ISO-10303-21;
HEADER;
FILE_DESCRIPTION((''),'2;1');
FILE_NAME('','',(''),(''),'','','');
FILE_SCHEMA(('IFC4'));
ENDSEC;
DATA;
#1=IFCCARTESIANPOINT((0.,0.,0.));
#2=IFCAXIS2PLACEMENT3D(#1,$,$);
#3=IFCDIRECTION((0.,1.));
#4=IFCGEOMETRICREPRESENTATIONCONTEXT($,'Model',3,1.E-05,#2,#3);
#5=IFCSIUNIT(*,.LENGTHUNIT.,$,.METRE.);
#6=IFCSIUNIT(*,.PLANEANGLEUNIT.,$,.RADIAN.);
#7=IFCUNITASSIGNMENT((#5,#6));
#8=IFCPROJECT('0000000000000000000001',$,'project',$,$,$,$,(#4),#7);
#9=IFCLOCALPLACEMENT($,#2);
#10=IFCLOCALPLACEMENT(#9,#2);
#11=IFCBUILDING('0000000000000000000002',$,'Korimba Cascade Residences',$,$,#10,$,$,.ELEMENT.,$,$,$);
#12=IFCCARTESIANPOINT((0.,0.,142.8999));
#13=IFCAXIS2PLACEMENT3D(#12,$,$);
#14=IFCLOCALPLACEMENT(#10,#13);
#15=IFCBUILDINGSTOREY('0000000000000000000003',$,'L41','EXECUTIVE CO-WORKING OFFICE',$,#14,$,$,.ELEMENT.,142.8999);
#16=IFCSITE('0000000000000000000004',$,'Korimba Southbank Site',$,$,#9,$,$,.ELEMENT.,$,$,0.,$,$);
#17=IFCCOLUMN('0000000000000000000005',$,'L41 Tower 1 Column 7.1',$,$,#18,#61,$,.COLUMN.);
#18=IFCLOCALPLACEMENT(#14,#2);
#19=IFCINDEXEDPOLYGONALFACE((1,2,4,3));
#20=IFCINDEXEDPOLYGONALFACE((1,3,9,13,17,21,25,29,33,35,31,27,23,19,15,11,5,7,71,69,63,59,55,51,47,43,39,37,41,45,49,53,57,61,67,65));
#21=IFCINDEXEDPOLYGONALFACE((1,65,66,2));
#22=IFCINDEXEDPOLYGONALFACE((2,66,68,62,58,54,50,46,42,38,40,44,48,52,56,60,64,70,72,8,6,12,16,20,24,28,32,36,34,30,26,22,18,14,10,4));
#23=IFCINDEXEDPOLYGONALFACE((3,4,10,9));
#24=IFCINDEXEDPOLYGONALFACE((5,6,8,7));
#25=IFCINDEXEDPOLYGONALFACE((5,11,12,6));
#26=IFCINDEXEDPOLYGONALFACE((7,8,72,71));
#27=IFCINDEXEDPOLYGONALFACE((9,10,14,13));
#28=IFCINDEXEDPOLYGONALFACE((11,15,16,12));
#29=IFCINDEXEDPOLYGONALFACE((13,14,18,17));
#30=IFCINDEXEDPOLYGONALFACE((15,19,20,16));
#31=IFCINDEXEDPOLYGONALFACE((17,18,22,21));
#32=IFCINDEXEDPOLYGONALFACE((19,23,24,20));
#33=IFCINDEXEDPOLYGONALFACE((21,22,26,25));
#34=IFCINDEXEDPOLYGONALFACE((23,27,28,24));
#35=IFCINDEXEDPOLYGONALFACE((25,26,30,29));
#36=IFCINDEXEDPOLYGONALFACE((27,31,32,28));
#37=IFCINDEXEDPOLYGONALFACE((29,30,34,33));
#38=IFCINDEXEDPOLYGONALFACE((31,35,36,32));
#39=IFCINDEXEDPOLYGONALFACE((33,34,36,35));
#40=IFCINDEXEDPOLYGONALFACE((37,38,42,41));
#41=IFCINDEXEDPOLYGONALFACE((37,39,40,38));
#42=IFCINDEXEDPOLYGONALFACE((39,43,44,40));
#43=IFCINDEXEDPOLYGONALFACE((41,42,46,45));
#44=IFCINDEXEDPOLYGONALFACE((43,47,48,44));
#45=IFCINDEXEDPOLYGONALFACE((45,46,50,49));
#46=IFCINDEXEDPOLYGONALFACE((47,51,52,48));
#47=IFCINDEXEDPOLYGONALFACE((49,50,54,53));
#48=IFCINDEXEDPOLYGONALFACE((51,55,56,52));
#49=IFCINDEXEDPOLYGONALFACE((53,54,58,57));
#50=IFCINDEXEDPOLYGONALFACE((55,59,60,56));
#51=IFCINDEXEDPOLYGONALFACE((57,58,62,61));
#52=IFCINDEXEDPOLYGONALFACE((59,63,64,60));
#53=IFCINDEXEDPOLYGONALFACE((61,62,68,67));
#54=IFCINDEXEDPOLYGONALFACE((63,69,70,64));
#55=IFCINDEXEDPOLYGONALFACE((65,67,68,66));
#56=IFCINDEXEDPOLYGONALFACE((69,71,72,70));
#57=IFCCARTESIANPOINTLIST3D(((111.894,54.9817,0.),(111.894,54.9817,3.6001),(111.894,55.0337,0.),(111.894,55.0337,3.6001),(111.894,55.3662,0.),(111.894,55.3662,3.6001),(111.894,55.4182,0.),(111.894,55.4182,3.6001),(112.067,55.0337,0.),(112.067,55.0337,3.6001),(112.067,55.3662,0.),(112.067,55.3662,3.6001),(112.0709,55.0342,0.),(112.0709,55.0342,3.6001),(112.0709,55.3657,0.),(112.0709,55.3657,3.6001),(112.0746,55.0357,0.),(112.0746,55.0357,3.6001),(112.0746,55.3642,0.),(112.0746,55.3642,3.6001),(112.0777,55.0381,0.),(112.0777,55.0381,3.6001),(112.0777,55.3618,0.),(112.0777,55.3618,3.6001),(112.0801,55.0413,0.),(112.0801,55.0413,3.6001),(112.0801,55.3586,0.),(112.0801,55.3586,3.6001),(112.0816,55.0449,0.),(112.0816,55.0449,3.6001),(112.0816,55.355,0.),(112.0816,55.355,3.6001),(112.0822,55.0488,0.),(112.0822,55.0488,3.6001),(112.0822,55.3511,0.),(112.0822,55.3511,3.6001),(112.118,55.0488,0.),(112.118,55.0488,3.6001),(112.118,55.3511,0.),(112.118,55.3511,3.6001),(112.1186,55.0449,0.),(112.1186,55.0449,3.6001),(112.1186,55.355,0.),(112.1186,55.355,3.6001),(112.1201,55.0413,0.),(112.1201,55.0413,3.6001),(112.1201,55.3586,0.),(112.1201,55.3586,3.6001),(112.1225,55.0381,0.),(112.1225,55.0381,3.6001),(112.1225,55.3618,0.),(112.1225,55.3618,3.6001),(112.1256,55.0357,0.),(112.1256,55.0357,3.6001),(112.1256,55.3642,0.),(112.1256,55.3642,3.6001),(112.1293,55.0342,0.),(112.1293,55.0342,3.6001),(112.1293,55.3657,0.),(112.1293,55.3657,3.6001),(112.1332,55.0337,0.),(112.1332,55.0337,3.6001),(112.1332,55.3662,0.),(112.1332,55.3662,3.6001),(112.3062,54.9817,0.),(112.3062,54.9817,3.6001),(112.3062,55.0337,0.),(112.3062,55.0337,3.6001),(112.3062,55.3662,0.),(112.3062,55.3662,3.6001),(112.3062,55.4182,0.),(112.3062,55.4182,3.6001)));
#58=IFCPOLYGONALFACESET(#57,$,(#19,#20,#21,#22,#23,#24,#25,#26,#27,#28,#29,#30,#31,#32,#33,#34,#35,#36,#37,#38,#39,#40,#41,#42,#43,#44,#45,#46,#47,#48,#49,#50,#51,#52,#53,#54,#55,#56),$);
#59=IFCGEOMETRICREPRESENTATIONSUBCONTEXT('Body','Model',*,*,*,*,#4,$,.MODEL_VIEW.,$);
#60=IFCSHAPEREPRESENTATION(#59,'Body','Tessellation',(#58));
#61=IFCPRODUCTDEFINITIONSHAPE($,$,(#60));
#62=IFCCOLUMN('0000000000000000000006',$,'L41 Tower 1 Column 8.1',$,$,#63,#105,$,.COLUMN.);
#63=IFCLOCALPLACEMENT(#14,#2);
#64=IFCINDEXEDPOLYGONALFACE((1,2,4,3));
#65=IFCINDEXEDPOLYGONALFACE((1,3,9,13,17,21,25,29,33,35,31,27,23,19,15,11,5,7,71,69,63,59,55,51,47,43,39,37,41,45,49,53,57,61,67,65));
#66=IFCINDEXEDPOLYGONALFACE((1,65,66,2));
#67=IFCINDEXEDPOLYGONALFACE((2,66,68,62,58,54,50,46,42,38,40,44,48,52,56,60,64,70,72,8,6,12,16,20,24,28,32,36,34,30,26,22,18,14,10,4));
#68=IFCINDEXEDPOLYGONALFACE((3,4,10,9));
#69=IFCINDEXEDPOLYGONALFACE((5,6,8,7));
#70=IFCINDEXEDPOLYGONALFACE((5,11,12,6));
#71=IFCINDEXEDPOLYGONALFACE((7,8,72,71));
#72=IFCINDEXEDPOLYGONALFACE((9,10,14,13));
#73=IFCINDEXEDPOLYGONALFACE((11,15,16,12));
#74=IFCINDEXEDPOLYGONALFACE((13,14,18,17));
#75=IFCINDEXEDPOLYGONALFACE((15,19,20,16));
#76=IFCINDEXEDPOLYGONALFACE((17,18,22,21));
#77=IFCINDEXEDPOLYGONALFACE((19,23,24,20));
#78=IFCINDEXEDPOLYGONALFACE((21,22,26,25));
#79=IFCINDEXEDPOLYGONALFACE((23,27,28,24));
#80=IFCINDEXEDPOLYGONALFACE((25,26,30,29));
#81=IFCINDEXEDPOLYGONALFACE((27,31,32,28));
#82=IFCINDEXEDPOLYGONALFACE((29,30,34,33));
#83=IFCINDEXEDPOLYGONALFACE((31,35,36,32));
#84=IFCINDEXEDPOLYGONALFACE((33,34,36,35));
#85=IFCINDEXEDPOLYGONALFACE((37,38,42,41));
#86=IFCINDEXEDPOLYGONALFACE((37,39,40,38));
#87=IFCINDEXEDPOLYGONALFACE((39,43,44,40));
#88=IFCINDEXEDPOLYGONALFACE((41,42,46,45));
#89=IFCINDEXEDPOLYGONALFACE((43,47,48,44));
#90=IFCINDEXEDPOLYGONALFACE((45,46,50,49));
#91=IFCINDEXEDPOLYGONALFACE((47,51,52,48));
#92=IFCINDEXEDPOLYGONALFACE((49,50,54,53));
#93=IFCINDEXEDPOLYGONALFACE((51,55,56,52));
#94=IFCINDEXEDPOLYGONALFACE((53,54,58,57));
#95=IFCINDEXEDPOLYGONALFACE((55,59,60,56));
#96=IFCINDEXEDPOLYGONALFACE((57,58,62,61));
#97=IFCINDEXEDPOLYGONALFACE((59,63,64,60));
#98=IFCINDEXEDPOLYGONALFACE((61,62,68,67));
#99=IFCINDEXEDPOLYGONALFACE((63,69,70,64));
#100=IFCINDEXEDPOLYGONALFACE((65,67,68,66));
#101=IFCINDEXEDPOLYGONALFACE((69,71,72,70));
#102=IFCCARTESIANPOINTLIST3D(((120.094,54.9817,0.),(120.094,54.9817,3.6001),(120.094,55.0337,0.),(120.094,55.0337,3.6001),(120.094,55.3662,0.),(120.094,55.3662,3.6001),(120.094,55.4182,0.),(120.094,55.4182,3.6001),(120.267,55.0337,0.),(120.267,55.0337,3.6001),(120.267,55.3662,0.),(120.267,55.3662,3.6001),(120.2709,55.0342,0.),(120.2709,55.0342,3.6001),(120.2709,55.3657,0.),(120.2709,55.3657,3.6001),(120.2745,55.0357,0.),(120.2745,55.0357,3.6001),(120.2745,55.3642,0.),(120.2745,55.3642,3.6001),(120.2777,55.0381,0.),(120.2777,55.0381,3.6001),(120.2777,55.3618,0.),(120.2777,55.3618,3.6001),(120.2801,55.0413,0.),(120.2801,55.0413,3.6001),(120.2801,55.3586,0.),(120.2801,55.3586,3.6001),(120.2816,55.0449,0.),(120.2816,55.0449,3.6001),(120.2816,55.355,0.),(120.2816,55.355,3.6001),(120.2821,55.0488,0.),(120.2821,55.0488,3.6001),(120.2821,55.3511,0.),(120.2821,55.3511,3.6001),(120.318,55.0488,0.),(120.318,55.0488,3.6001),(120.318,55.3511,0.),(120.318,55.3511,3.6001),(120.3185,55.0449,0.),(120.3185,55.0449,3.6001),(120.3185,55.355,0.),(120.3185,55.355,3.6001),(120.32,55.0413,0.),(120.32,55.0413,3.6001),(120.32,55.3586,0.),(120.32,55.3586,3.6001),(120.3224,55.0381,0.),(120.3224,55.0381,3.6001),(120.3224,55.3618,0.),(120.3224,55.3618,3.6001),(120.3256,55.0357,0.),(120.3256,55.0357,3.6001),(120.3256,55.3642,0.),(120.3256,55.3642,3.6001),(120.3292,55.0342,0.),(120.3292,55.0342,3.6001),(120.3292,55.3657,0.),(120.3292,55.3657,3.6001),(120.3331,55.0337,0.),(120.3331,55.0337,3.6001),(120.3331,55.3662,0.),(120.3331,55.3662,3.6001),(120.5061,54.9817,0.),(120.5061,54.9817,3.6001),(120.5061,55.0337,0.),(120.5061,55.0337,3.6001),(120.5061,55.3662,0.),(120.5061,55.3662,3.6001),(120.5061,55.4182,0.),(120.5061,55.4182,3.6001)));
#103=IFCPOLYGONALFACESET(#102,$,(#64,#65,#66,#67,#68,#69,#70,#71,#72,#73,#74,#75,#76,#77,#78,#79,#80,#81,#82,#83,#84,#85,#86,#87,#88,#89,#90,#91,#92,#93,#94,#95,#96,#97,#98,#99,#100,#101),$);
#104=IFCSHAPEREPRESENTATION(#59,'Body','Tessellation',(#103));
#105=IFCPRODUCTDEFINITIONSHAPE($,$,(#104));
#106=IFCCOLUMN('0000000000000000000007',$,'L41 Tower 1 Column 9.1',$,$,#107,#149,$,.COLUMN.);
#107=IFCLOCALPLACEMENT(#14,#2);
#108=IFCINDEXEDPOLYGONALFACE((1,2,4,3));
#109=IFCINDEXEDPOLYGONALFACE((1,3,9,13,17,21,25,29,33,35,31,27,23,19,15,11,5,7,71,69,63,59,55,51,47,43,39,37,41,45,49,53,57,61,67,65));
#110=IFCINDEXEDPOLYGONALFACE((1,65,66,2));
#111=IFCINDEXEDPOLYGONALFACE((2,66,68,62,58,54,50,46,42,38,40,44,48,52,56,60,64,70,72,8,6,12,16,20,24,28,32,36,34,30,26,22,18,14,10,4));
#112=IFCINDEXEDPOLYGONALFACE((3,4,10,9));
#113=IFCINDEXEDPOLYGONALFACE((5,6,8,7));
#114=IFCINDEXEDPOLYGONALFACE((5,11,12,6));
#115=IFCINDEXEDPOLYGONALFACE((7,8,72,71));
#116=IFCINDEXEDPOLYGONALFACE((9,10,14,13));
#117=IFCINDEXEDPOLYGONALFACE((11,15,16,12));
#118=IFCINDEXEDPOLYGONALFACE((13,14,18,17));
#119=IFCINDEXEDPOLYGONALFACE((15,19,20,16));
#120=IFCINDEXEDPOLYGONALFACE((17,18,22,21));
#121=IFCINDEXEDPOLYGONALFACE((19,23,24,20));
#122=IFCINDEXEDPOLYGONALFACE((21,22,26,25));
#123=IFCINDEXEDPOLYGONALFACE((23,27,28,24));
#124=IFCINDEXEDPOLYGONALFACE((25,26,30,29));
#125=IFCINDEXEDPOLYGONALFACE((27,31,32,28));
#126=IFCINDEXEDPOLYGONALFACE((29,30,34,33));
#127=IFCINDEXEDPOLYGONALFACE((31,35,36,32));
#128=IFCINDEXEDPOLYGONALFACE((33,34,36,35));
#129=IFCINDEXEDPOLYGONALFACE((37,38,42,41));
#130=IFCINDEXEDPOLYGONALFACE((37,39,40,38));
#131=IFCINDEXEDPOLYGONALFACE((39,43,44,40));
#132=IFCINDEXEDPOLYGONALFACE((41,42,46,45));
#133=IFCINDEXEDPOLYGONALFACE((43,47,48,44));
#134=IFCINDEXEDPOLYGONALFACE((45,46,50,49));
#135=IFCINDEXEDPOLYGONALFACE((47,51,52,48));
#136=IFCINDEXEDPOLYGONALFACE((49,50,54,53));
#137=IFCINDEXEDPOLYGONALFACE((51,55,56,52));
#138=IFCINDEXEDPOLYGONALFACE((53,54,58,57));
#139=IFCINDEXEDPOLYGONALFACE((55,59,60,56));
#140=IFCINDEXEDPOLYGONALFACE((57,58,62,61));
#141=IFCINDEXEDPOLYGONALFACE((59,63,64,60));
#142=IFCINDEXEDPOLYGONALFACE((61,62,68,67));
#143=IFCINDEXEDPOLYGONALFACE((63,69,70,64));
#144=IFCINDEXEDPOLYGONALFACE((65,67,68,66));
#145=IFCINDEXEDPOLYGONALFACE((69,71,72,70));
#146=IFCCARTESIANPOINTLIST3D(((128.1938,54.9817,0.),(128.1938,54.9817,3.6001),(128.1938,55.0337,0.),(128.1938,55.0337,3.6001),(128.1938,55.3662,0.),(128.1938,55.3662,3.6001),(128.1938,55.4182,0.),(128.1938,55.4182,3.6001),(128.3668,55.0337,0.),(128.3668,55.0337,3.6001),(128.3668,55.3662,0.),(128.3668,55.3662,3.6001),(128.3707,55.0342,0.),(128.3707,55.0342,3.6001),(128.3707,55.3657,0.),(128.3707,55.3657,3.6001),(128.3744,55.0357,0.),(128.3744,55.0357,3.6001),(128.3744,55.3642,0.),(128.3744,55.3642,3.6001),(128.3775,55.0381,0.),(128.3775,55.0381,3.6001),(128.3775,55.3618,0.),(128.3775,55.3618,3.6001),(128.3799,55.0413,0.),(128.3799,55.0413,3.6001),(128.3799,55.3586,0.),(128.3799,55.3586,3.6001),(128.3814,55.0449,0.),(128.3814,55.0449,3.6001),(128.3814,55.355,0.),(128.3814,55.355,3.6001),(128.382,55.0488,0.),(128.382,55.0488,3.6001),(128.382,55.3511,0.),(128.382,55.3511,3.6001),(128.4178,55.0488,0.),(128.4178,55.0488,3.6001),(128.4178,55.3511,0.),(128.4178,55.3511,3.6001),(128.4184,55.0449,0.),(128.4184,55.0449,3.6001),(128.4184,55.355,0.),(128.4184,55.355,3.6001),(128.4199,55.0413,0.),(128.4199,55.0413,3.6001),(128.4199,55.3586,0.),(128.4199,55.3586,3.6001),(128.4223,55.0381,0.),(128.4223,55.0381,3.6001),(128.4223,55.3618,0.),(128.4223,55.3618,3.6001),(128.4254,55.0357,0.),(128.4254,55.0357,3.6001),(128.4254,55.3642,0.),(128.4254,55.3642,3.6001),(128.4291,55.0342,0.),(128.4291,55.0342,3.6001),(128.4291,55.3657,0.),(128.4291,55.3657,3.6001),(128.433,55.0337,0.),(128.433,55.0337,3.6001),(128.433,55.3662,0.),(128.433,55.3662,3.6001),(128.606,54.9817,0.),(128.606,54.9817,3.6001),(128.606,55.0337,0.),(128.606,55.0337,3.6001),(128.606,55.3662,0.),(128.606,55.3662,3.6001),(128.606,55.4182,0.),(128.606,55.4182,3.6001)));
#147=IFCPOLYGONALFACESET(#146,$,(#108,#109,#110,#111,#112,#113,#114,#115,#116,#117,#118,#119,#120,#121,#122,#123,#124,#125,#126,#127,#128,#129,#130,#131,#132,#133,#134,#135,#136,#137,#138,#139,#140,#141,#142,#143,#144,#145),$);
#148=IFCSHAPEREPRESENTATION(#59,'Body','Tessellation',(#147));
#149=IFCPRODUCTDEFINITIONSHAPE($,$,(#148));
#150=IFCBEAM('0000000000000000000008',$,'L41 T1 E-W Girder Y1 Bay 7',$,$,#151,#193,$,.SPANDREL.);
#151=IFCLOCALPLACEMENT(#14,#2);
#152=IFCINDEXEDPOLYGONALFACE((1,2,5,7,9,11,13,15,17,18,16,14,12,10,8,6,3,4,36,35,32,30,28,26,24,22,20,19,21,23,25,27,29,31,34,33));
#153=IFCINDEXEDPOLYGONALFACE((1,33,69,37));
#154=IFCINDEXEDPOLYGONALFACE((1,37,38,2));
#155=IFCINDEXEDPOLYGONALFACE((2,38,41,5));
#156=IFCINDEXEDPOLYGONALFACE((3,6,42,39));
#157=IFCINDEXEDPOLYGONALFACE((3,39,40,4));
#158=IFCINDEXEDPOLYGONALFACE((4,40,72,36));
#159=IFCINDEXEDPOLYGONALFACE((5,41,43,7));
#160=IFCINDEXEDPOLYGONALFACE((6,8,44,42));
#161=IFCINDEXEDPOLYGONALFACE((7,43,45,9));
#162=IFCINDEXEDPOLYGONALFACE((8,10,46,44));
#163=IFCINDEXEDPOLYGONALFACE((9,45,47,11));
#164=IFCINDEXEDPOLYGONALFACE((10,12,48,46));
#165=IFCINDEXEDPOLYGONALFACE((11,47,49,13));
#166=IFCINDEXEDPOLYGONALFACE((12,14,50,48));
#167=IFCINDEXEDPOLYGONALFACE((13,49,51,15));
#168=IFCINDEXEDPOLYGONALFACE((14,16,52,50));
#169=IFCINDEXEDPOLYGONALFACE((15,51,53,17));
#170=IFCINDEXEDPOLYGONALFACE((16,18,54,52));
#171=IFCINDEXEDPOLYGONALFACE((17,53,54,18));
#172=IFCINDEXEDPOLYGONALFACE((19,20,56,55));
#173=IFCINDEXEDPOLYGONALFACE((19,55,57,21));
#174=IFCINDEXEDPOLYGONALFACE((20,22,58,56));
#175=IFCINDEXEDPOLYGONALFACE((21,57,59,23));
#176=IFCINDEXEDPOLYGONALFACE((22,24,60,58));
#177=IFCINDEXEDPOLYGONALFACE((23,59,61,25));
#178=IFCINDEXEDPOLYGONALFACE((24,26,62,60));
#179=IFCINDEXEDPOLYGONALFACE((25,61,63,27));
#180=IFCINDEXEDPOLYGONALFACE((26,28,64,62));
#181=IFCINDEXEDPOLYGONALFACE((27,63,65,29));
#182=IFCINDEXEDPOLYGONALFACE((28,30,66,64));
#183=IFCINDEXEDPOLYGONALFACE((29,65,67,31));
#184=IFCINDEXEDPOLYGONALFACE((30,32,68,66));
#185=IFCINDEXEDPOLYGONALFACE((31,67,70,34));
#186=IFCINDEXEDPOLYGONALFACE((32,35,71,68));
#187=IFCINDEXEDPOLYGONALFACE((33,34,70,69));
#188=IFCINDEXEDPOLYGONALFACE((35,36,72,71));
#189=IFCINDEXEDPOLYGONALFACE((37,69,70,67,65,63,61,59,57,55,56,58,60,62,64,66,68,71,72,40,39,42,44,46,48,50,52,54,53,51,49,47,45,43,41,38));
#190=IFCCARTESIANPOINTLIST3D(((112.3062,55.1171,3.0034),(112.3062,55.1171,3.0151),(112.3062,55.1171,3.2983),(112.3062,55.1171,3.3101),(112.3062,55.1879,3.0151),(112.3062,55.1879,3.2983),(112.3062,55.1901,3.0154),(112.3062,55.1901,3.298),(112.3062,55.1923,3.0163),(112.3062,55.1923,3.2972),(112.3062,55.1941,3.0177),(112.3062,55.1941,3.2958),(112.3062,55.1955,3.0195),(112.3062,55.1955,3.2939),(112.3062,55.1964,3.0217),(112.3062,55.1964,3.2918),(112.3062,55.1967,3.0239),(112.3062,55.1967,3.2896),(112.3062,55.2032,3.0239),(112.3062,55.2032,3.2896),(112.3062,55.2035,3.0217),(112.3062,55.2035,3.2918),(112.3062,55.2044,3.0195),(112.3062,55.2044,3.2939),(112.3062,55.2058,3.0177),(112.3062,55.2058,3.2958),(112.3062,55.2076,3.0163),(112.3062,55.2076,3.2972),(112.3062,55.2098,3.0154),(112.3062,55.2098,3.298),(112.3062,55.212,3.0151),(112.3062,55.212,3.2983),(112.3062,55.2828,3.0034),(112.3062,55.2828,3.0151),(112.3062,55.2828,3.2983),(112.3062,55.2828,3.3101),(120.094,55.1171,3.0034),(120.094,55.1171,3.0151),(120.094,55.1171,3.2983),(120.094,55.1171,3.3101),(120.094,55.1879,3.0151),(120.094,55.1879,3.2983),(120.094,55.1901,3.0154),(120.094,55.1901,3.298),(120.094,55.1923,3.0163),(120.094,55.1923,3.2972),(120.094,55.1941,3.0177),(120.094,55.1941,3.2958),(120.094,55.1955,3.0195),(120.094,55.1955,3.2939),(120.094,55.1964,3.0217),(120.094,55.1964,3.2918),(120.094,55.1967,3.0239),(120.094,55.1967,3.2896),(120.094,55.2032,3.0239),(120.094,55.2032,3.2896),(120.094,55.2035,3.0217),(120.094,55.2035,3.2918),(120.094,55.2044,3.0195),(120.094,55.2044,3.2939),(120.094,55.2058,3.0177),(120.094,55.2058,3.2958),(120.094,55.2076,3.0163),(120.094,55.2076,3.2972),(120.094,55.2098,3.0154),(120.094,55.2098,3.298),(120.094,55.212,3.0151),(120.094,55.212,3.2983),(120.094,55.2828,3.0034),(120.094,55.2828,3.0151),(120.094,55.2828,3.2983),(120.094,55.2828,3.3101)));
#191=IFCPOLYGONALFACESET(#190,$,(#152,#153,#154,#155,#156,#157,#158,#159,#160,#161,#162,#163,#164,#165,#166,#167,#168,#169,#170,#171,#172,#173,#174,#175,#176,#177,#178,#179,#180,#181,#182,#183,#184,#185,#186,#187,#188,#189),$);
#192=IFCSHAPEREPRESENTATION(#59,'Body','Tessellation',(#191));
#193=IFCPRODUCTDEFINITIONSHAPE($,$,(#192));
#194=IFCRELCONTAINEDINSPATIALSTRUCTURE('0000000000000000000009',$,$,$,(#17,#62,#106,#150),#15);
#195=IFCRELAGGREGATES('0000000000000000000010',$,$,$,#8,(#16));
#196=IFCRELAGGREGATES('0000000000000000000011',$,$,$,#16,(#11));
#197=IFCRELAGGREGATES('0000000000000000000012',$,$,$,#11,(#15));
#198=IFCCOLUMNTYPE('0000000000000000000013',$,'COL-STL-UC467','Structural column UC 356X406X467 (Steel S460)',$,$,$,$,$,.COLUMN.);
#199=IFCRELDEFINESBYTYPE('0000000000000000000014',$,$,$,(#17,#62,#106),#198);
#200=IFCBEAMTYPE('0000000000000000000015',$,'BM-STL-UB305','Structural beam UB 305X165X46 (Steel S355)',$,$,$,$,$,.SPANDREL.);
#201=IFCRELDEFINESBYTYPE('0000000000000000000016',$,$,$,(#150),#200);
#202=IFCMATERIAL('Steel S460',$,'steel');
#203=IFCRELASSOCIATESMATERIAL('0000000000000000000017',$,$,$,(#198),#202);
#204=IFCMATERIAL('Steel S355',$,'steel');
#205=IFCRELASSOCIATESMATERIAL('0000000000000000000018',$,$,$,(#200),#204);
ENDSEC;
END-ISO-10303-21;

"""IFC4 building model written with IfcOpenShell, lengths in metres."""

from ifc_helpers import new_model, si_unit, direction, frame, origin, origin_2d, place, context, subcontext, project, spatial, i_section, extrude, material, material_profile, profile_set, type_object, element, save


model = new_model("IFC4")

# Units and contexts
model_context = context("Model", 3, precision=1e-05, world=origin(), true_north=direction((0.0, 1.0)))
body_context = subcontext(model_context, "Body", "Model", "MODEL_VIEW")
ifc_project = project(units=[si_unit("LENGTHUNIT", "METRE"), si_unit("PLANEANGLEUNIT", "RADIAN")], contexts=[model_context])

# Site, building, storey
site_placement = place(None, origin())
site = spatial("IfcSite", under=ifc_project, at=site_placement, Name="Korimba Southbank Site", CompositionType="ELEMENT", RefElevation=0.0)
building_placement = place(site_placement, origin())
building = spatial("IfcBuilding", under=site, at=building_placement, Name="Korimba Cascade Residences", CompositionType="ELEMENT")
storey_placement = place(building_placement, frame((0.0, 0.0, 142.8999)))
storey = spatial("IfcBuildingStorey", under=building, at=storey_placement, Name="L41", Description="EXECUTIVE CO-WORKING OFFICE", CompositionType="ELEMENT", Elevation=142.8999)

# Columns
ifc_material_1 = material(Name="Steel S460", Category="steel")
ifc_material_profile_1 = material_profile(ifc_material_1, i_section(OverallWidth=0.4121, OverallDepth=0.4365, WebThickness=0.0359, FlangeThickness=0.052, FilletRadius=0.0151, at=origin_2d()), Name="Steel S460")
ifc_profile_set_1 = profile_set([ifc_material_profile_1], Name="Steel S460")
column_type = type_object("IfcColumnType", Name="COL-STL-UC467", Description="Structural column UC 356X406X467 (Steel S460)", PredefinedType="COLUMN", material=ifc_profile_set_1)
for number, where, z_axis, x_axis, name in (
    (1, (112.1001, 55.2, 0.0), (0.0, 0.0, 1.0), (1.0, 0.0, 0.0), "L41 Tower 1 Column 7.1"),
    (2, (120.3, 55.2, 0.0), (0.0, 0.0, 1.0), (1.0, 0.0, 0.0), "L41 Tower 1 Column 8.1"),
    (3, (128.3999, 55.2, 0.0), (0.0, 0.0, 1.0), (1.0, 0.0, 0.0), "L41 Tower 1 Column 9.1"),
):
    element("IfcColumn", number, at=place(storey_placement, frame(where, z_axis=z_axis, x_axis=x_axis)), inside=storey, type_object=column_type, Name=name, PredefinedType="COLUMN", context=body_context, shape_type="SweptSolid", body=[
        extrude(i_section(OverallWidth=0.4121, OverallDepth=0.4365, WebThickness=0.0359, FlangeThickness=0.052, FilletRadius=0.0151, at=origin_2d()), origin(), (0.0, 0.0, 1.0), 3.6001),
    ])

# Beam
ifc_material_2 = material(Name="Steel S355", Category="steel")
ifc_material_profile_2 = material_profile(ifc_material_2, i_section(OverallWidth=0.1658, OverallDepth=0.3066, WebThickness=0.0066, FlangeThickness=0.0117, FilletRadius=0.0088, at=origin_2d()), Name="Steel S355")
ifc_profile_set_2 = profile_set([ifc_material_profile_2], Name="Steel S355")
beam_type_1 = type_object("IfcBeamType", Name="BM-STL-UB305", Description="Structural beam UB 305X165X46 (Steel S355)", PredefinedType="SPANDREL", material=ifc_profile_set_2)
beam_1_placement = place(storey_placement, frame((112.3062, 55.2, 3.1567), z_axis=(1.0, 0.0, 0.0), x_axis=(0.0, 1.0, 0.0)))
element("IfcBeam", 4, at=beam_1_placement, inside=storey, type_object=beam_type_1, Name="L41 T1 E-W Girder Y1 Bay 7", PredefinedType="SPANDREL", context=body_context, shape_type="SweptSolid", body=[
    extrude(i_section(OverallWidth=0.1658, OverallDepth=0.3066, WebThickness=0.0066, FlangeThickness=0.0117, FilletRadius=0.0088, at=origin_2d()), origin(), (0.0, 0.0, 1.0), 7.7878),
])

save(model, "model.ifc")
